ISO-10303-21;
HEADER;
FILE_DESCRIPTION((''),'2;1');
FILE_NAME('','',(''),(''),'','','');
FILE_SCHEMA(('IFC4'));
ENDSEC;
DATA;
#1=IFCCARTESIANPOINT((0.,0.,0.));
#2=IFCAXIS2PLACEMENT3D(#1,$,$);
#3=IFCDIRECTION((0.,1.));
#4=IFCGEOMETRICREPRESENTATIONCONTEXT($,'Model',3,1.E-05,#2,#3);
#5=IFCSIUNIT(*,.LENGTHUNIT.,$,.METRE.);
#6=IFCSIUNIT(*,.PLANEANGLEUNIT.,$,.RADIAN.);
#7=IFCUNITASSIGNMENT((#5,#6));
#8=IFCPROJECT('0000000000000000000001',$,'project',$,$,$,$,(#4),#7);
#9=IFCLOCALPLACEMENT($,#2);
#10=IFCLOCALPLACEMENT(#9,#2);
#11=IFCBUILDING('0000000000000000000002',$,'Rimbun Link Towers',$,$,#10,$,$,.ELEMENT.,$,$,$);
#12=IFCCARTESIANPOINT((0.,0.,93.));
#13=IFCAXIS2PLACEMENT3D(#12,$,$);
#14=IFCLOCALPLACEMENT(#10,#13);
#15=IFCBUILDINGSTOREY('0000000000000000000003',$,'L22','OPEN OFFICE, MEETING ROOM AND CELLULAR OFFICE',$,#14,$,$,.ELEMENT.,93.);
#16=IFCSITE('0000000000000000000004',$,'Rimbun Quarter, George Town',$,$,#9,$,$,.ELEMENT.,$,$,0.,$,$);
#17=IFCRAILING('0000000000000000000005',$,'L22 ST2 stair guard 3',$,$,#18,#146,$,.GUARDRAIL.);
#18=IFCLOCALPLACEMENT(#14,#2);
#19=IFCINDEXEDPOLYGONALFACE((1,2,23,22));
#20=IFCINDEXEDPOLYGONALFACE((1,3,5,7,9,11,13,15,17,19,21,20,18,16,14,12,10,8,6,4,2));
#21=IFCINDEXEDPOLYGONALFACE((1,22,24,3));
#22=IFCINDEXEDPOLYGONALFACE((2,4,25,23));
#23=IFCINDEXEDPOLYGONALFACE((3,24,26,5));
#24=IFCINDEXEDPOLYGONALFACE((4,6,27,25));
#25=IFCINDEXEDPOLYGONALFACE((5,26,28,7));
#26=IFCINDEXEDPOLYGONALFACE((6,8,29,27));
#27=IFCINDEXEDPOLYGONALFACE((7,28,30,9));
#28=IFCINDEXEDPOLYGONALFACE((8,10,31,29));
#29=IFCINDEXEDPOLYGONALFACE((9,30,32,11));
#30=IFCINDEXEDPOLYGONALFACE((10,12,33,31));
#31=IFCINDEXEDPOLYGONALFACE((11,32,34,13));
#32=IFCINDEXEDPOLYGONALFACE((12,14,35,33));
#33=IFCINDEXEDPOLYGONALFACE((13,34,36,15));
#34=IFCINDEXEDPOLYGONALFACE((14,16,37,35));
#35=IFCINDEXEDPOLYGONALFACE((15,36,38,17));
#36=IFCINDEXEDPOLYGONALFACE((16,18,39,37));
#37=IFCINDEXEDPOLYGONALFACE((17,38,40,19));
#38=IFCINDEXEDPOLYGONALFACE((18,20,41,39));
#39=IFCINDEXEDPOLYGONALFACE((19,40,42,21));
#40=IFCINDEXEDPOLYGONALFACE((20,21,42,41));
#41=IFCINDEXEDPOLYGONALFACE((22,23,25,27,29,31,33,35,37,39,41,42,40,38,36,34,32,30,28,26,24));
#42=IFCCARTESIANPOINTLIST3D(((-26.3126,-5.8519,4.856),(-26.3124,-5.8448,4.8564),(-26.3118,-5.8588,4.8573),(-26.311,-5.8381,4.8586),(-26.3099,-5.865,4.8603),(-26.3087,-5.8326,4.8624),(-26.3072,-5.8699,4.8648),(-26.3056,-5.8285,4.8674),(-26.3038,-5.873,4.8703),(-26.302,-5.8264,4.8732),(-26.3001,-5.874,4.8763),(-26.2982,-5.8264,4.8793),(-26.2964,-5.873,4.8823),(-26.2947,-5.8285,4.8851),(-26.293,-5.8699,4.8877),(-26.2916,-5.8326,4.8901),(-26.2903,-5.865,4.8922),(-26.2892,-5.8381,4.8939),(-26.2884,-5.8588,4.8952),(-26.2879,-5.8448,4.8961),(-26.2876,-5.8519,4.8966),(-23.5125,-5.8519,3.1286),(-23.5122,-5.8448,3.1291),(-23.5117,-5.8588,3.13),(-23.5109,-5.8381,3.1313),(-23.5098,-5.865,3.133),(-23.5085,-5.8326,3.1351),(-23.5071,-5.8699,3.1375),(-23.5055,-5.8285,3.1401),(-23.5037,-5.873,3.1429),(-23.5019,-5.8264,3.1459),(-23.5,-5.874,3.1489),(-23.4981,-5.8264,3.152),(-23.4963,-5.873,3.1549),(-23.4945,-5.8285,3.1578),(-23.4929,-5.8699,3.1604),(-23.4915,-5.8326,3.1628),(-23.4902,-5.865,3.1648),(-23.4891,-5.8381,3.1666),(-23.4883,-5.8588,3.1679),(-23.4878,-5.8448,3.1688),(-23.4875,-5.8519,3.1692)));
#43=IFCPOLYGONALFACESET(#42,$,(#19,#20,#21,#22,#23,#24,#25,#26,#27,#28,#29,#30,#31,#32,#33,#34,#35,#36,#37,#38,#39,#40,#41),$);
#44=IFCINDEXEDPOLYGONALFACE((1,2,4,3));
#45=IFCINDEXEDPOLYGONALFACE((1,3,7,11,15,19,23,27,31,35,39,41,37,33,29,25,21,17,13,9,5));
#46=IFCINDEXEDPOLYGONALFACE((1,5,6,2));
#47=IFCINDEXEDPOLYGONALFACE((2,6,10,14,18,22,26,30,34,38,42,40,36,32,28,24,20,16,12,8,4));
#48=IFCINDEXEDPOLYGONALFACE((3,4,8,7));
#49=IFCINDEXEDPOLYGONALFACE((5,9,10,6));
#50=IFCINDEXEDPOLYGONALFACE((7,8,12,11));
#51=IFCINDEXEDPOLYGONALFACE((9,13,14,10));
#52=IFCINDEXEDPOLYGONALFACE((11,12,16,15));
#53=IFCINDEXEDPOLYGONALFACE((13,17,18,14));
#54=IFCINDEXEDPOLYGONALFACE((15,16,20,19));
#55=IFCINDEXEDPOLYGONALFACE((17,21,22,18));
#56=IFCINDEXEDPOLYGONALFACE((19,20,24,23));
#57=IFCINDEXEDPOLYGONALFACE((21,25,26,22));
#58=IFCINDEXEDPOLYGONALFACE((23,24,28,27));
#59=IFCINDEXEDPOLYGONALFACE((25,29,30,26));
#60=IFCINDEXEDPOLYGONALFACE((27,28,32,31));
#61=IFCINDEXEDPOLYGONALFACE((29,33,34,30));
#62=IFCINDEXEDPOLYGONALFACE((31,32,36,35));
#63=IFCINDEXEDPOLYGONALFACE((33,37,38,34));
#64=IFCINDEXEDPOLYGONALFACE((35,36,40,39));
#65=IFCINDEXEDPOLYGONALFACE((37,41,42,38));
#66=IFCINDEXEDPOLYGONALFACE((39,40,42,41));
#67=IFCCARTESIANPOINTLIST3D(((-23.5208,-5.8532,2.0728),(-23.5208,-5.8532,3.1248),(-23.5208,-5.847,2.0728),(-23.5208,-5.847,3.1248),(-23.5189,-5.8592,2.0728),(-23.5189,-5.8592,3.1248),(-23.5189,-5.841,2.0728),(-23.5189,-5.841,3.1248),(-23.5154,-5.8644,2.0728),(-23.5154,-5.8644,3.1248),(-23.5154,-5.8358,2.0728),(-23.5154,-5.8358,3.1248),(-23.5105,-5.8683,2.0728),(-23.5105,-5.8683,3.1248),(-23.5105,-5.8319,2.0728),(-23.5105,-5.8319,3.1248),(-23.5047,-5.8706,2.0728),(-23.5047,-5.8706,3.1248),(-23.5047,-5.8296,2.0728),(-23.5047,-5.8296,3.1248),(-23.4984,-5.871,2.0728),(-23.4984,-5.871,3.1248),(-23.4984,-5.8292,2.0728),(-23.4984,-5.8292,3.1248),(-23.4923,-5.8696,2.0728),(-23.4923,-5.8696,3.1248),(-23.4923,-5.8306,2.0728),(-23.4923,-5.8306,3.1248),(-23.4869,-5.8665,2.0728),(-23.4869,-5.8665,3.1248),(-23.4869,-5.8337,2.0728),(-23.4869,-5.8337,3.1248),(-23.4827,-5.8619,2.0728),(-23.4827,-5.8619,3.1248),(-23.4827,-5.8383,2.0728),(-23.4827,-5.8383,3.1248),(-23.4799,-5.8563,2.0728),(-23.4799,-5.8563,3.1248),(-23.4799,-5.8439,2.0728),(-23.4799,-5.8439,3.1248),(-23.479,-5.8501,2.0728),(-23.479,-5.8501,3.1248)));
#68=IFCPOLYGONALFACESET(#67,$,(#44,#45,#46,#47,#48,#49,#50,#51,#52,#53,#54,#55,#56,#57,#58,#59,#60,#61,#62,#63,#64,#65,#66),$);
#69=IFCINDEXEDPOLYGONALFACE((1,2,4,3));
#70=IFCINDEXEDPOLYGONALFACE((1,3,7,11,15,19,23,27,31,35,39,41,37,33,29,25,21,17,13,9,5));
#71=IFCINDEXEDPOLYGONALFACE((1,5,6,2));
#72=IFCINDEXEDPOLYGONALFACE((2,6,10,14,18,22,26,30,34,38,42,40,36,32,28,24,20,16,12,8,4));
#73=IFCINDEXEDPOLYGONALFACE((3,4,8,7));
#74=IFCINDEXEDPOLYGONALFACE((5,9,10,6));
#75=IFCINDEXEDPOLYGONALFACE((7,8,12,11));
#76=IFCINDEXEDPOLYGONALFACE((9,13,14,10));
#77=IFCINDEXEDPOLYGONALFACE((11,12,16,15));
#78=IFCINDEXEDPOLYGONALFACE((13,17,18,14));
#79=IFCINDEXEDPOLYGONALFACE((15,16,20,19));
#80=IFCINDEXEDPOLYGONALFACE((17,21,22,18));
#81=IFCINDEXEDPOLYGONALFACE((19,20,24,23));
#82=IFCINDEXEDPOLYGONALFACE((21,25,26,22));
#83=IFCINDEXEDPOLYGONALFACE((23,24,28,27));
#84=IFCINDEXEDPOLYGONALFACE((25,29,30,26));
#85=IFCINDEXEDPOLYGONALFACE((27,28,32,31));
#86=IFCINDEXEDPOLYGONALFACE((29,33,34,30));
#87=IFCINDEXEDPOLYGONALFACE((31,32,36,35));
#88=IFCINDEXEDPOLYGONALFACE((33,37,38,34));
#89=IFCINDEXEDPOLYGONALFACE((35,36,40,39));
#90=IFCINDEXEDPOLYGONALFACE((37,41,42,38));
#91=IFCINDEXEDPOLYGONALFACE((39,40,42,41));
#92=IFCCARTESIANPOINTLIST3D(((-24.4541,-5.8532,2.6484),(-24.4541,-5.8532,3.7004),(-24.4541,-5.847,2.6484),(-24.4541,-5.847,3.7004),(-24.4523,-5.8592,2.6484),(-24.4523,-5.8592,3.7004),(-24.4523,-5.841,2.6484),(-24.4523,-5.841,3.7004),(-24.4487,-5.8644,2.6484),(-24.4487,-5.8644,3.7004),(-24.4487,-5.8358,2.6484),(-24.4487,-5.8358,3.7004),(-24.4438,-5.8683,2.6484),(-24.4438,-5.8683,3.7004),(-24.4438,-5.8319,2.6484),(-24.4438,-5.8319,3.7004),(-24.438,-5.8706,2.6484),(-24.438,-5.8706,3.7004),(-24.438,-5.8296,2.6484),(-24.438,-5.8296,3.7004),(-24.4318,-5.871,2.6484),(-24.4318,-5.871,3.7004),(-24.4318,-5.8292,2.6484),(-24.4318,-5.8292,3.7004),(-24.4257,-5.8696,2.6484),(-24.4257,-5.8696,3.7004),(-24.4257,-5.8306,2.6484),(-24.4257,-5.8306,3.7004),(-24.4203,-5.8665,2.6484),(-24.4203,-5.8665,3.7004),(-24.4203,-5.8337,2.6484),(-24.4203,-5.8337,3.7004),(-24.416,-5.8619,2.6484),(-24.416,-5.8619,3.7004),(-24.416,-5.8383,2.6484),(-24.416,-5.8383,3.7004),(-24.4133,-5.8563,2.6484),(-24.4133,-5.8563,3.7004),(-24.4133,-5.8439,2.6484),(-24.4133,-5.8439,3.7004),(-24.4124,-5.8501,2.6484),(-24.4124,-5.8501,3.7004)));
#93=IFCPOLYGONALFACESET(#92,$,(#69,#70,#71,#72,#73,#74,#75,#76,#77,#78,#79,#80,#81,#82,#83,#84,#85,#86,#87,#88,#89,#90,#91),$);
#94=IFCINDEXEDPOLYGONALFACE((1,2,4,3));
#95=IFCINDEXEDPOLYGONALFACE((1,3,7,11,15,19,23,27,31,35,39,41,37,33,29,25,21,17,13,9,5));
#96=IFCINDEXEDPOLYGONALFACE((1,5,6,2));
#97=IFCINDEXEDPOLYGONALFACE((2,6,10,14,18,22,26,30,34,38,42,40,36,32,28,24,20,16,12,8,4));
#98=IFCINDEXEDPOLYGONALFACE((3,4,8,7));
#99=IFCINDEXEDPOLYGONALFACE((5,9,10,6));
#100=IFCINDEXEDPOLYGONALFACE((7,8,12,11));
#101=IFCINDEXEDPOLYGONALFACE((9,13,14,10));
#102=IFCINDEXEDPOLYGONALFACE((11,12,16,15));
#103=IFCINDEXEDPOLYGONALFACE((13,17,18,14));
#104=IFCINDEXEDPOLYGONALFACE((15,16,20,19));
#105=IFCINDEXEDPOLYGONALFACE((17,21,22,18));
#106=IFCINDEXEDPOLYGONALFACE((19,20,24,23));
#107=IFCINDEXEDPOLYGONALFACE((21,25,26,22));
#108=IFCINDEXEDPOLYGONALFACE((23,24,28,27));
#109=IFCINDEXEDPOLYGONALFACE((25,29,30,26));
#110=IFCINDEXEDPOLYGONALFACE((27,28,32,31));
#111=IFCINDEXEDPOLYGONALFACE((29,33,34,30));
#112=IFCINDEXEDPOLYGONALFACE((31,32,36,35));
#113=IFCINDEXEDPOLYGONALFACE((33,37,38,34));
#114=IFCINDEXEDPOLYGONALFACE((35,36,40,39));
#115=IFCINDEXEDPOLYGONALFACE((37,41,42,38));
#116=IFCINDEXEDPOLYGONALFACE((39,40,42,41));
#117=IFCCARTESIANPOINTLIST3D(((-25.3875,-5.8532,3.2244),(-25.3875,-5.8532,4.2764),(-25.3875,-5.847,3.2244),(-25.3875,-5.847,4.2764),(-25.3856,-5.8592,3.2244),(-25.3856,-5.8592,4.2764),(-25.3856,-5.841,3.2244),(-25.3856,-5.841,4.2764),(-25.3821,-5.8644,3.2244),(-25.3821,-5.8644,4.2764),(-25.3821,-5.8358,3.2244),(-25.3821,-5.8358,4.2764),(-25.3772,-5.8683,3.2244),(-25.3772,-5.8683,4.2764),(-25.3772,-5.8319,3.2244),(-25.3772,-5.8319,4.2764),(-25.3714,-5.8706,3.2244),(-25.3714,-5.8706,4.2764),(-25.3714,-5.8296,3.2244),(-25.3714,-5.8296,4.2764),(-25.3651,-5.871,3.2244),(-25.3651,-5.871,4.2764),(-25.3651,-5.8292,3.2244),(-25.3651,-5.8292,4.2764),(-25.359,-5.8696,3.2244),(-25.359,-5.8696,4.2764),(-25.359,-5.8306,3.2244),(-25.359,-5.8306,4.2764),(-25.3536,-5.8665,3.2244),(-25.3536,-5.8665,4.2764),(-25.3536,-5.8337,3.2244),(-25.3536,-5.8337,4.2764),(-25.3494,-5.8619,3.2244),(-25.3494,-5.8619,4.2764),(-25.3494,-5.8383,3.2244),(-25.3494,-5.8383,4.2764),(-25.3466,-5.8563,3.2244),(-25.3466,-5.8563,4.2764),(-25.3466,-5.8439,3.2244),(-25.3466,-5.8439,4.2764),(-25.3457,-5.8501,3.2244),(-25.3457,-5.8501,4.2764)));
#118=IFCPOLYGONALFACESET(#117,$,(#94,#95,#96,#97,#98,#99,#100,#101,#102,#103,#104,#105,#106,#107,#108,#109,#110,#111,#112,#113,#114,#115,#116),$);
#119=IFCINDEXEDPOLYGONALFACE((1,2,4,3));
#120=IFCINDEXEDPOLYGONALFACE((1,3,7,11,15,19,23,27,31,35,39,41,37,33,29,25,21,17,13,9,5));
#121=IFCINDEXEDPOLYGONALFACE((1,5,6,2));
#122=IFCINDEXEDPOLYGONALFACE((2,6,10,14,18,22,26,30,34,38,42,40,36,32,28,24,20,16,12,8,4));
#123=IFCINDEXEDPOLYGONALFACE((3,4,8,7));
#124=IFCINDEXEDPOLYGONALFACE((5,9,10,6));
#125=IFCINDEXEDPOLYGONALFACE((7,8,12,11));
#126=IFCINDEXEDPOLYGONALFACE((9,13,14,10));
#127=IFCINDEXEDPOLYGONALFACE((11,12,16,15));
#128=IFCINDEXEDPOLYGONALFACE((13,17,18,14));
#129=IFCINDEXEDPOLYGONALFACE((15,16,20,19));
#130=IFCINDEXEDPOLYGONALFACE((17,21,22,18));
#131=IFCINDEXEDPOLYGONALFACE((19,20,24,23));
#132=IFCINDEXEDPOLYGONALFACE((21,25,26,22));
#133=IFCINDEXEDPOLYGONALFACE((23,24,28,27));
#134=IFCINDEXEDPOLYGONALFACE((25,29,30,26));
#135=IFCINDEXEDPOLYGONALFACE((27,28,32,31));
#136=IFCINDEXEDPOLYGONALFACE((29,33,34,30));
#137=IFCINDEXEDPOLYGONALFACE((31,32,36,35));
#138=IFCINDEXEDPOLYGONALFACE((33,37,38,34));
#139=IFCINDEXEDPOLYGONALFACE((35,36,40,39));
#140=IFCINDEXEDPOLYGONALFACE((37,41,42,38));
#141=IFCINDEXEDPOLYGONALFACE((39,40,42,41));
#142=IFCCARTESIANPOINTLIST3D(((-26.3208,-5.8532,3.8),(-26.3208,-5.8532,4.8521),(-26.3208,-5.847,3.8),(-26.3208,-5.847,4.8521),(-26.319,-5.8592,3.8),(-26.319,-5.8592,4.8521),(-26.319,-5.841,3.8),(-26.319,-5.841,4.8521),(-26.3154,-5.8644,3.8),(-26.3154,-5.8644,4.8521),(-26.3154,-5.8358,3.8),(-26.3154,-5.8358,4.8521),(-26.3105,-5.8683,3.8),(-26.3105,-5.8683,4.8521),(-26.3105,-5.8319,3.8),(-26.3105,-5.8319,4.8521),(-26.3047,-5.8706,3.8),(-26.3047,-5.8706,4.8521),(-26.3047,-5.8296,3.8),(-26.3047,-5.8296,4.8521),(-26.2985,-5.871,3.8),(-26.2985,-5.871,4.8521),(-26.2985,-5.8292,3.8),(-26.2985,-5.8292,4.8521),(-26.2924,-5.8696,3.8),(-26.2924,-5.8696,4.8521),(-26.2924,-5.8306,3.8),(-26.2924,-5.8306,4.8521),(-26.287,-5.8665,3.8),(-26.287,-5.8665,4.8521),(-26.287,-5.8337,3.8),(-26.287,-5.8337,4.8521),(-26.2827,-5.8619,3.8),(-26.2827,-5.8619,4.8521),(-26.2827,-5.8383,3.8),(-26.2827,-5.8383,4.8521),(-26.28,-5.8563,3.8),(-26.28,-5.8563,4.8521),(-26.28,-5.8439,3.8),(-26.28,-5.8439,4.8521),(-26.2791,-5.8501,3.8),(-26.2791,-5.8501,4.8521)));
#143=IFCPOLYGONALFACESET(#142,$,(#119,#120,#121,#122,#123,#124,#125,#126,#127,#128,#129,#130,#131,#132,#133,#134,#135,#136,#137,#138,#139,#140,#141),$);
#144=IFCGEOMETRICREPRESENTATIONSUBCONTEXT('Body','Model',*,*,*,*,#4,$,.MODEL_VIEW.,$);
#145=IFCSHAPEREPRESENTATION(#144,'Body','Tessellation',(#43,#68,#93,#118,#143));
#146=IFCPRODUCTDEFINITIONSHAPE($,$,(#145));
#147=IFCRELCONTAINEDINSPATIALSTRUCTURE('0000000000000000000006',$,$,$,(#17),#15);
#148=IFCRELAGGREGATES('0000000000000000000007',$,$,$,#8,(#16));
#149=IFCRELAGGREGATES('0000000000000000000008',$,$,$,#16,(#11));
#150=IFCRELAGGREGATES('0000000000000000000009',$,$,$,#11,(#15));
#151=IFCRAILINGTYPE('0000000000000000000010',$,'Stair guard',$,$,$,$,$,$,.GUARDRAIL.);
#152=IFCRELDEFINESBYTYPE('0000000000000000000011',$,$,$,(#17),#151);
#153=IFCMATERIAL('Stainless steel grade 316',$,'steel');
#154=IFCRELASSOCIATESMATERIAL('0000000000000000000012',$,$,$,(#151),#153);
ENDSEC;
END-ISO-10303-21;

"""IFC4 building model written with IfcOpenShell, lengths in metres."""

from ifc_helpers import new_model, si_unit, direction, frame, origin, origin_2d, place, context, subcontext, project, spatial, circle, extrude, material, type_object, element, save


model = new_model("IFC4")

# Units and contexts
model_context = context("Model", 3, precision=1e-05, world=origin(), true_north=direction((0.0, 1.0)))
body_context = subcontext(model_context, "Body", "Model", "MODEL_VIEW")
ifc_project = project(units=[si_unit("LENGTHUNIT", "METRE"), si_unit("PLANEANGLEUNIT", "RADIAN")], contexts=[model_context])

# Site, building, storey
site_placement = place(None, origin())
site = spatial("IfcSite", under=ifc_project, at=site_placement, Name="Rimbun Quarter, George Town", CompositionType="ELEMENT", RefElevation=0.0)
building_placement = place(site_placement, origin())
building = spatial("IfcBuilding", under=site, at=building_placement, Name="Rimbun Link Towers", CompositionType="ELEMENT")
storey_placement = place(building_placement, frame((0.0, 0.0, 93.0)))
storey = spatial("IfcBuildingStorey", under=building, at=storey_placement, Name="L22", Description="OPEN OFFICE, MEETING ROOM AND CELLULAR OFFICE", CompositionType="ELEMENT", Elevation=93.0)

# Railing
ifc_material_1 = material(Name="Stainless steel grade 316", Category="steel")
railing_type_1 = type_object("IfcRailingType", Name="Stair guard", PredefinedType="GUARDRAIL", material=ifc_material_1)
railing_1_placement = place(storey_placement, frame((-23.5, -5.8501, 2.0728)))
element("IfcRailing", 1, at=railing_1_placement, inside=storey, type_object=railing_type_1, Name="L22 ST2 stair guard 3", PredefinedType="GUARDRAIL", context=body_context, shape_type="SweptSolid", body=[
    extrude(circle(Radius=0.0239, at=origin_2d()), frame((0.0, 0.0, 1.0762), z_axis=(-0.85109, 0.0, 0.52502), x_axis=(0.0, -1.0, 0.0)), (0.0, 0.0, 1.0), 3.29),
    extrude(circle(Radius=0.021, at=origin_2d()), origin(), (0.0, 0.0, 1.0), 1.052),
    extrude(circle(Radius=0.021, at=origin_2d()), frame((-0.9333, 0.0, 0.5757)), (0.0, 0.0, 1.0), 1.052),
    extrude(circle(Radius=0.021, at=origin_2d()), frame((-1.8667, 0.0, 1.1516)), (0.0, 0.0, 1.0), 1.052),
    extrude(circle(Radius=0.021, at=origin_2d()), frame((-2.8, 0.0, 1.7273)), (0.0, 0.0, 1.0), 1.052),
])

save(model, "model.ifc")
